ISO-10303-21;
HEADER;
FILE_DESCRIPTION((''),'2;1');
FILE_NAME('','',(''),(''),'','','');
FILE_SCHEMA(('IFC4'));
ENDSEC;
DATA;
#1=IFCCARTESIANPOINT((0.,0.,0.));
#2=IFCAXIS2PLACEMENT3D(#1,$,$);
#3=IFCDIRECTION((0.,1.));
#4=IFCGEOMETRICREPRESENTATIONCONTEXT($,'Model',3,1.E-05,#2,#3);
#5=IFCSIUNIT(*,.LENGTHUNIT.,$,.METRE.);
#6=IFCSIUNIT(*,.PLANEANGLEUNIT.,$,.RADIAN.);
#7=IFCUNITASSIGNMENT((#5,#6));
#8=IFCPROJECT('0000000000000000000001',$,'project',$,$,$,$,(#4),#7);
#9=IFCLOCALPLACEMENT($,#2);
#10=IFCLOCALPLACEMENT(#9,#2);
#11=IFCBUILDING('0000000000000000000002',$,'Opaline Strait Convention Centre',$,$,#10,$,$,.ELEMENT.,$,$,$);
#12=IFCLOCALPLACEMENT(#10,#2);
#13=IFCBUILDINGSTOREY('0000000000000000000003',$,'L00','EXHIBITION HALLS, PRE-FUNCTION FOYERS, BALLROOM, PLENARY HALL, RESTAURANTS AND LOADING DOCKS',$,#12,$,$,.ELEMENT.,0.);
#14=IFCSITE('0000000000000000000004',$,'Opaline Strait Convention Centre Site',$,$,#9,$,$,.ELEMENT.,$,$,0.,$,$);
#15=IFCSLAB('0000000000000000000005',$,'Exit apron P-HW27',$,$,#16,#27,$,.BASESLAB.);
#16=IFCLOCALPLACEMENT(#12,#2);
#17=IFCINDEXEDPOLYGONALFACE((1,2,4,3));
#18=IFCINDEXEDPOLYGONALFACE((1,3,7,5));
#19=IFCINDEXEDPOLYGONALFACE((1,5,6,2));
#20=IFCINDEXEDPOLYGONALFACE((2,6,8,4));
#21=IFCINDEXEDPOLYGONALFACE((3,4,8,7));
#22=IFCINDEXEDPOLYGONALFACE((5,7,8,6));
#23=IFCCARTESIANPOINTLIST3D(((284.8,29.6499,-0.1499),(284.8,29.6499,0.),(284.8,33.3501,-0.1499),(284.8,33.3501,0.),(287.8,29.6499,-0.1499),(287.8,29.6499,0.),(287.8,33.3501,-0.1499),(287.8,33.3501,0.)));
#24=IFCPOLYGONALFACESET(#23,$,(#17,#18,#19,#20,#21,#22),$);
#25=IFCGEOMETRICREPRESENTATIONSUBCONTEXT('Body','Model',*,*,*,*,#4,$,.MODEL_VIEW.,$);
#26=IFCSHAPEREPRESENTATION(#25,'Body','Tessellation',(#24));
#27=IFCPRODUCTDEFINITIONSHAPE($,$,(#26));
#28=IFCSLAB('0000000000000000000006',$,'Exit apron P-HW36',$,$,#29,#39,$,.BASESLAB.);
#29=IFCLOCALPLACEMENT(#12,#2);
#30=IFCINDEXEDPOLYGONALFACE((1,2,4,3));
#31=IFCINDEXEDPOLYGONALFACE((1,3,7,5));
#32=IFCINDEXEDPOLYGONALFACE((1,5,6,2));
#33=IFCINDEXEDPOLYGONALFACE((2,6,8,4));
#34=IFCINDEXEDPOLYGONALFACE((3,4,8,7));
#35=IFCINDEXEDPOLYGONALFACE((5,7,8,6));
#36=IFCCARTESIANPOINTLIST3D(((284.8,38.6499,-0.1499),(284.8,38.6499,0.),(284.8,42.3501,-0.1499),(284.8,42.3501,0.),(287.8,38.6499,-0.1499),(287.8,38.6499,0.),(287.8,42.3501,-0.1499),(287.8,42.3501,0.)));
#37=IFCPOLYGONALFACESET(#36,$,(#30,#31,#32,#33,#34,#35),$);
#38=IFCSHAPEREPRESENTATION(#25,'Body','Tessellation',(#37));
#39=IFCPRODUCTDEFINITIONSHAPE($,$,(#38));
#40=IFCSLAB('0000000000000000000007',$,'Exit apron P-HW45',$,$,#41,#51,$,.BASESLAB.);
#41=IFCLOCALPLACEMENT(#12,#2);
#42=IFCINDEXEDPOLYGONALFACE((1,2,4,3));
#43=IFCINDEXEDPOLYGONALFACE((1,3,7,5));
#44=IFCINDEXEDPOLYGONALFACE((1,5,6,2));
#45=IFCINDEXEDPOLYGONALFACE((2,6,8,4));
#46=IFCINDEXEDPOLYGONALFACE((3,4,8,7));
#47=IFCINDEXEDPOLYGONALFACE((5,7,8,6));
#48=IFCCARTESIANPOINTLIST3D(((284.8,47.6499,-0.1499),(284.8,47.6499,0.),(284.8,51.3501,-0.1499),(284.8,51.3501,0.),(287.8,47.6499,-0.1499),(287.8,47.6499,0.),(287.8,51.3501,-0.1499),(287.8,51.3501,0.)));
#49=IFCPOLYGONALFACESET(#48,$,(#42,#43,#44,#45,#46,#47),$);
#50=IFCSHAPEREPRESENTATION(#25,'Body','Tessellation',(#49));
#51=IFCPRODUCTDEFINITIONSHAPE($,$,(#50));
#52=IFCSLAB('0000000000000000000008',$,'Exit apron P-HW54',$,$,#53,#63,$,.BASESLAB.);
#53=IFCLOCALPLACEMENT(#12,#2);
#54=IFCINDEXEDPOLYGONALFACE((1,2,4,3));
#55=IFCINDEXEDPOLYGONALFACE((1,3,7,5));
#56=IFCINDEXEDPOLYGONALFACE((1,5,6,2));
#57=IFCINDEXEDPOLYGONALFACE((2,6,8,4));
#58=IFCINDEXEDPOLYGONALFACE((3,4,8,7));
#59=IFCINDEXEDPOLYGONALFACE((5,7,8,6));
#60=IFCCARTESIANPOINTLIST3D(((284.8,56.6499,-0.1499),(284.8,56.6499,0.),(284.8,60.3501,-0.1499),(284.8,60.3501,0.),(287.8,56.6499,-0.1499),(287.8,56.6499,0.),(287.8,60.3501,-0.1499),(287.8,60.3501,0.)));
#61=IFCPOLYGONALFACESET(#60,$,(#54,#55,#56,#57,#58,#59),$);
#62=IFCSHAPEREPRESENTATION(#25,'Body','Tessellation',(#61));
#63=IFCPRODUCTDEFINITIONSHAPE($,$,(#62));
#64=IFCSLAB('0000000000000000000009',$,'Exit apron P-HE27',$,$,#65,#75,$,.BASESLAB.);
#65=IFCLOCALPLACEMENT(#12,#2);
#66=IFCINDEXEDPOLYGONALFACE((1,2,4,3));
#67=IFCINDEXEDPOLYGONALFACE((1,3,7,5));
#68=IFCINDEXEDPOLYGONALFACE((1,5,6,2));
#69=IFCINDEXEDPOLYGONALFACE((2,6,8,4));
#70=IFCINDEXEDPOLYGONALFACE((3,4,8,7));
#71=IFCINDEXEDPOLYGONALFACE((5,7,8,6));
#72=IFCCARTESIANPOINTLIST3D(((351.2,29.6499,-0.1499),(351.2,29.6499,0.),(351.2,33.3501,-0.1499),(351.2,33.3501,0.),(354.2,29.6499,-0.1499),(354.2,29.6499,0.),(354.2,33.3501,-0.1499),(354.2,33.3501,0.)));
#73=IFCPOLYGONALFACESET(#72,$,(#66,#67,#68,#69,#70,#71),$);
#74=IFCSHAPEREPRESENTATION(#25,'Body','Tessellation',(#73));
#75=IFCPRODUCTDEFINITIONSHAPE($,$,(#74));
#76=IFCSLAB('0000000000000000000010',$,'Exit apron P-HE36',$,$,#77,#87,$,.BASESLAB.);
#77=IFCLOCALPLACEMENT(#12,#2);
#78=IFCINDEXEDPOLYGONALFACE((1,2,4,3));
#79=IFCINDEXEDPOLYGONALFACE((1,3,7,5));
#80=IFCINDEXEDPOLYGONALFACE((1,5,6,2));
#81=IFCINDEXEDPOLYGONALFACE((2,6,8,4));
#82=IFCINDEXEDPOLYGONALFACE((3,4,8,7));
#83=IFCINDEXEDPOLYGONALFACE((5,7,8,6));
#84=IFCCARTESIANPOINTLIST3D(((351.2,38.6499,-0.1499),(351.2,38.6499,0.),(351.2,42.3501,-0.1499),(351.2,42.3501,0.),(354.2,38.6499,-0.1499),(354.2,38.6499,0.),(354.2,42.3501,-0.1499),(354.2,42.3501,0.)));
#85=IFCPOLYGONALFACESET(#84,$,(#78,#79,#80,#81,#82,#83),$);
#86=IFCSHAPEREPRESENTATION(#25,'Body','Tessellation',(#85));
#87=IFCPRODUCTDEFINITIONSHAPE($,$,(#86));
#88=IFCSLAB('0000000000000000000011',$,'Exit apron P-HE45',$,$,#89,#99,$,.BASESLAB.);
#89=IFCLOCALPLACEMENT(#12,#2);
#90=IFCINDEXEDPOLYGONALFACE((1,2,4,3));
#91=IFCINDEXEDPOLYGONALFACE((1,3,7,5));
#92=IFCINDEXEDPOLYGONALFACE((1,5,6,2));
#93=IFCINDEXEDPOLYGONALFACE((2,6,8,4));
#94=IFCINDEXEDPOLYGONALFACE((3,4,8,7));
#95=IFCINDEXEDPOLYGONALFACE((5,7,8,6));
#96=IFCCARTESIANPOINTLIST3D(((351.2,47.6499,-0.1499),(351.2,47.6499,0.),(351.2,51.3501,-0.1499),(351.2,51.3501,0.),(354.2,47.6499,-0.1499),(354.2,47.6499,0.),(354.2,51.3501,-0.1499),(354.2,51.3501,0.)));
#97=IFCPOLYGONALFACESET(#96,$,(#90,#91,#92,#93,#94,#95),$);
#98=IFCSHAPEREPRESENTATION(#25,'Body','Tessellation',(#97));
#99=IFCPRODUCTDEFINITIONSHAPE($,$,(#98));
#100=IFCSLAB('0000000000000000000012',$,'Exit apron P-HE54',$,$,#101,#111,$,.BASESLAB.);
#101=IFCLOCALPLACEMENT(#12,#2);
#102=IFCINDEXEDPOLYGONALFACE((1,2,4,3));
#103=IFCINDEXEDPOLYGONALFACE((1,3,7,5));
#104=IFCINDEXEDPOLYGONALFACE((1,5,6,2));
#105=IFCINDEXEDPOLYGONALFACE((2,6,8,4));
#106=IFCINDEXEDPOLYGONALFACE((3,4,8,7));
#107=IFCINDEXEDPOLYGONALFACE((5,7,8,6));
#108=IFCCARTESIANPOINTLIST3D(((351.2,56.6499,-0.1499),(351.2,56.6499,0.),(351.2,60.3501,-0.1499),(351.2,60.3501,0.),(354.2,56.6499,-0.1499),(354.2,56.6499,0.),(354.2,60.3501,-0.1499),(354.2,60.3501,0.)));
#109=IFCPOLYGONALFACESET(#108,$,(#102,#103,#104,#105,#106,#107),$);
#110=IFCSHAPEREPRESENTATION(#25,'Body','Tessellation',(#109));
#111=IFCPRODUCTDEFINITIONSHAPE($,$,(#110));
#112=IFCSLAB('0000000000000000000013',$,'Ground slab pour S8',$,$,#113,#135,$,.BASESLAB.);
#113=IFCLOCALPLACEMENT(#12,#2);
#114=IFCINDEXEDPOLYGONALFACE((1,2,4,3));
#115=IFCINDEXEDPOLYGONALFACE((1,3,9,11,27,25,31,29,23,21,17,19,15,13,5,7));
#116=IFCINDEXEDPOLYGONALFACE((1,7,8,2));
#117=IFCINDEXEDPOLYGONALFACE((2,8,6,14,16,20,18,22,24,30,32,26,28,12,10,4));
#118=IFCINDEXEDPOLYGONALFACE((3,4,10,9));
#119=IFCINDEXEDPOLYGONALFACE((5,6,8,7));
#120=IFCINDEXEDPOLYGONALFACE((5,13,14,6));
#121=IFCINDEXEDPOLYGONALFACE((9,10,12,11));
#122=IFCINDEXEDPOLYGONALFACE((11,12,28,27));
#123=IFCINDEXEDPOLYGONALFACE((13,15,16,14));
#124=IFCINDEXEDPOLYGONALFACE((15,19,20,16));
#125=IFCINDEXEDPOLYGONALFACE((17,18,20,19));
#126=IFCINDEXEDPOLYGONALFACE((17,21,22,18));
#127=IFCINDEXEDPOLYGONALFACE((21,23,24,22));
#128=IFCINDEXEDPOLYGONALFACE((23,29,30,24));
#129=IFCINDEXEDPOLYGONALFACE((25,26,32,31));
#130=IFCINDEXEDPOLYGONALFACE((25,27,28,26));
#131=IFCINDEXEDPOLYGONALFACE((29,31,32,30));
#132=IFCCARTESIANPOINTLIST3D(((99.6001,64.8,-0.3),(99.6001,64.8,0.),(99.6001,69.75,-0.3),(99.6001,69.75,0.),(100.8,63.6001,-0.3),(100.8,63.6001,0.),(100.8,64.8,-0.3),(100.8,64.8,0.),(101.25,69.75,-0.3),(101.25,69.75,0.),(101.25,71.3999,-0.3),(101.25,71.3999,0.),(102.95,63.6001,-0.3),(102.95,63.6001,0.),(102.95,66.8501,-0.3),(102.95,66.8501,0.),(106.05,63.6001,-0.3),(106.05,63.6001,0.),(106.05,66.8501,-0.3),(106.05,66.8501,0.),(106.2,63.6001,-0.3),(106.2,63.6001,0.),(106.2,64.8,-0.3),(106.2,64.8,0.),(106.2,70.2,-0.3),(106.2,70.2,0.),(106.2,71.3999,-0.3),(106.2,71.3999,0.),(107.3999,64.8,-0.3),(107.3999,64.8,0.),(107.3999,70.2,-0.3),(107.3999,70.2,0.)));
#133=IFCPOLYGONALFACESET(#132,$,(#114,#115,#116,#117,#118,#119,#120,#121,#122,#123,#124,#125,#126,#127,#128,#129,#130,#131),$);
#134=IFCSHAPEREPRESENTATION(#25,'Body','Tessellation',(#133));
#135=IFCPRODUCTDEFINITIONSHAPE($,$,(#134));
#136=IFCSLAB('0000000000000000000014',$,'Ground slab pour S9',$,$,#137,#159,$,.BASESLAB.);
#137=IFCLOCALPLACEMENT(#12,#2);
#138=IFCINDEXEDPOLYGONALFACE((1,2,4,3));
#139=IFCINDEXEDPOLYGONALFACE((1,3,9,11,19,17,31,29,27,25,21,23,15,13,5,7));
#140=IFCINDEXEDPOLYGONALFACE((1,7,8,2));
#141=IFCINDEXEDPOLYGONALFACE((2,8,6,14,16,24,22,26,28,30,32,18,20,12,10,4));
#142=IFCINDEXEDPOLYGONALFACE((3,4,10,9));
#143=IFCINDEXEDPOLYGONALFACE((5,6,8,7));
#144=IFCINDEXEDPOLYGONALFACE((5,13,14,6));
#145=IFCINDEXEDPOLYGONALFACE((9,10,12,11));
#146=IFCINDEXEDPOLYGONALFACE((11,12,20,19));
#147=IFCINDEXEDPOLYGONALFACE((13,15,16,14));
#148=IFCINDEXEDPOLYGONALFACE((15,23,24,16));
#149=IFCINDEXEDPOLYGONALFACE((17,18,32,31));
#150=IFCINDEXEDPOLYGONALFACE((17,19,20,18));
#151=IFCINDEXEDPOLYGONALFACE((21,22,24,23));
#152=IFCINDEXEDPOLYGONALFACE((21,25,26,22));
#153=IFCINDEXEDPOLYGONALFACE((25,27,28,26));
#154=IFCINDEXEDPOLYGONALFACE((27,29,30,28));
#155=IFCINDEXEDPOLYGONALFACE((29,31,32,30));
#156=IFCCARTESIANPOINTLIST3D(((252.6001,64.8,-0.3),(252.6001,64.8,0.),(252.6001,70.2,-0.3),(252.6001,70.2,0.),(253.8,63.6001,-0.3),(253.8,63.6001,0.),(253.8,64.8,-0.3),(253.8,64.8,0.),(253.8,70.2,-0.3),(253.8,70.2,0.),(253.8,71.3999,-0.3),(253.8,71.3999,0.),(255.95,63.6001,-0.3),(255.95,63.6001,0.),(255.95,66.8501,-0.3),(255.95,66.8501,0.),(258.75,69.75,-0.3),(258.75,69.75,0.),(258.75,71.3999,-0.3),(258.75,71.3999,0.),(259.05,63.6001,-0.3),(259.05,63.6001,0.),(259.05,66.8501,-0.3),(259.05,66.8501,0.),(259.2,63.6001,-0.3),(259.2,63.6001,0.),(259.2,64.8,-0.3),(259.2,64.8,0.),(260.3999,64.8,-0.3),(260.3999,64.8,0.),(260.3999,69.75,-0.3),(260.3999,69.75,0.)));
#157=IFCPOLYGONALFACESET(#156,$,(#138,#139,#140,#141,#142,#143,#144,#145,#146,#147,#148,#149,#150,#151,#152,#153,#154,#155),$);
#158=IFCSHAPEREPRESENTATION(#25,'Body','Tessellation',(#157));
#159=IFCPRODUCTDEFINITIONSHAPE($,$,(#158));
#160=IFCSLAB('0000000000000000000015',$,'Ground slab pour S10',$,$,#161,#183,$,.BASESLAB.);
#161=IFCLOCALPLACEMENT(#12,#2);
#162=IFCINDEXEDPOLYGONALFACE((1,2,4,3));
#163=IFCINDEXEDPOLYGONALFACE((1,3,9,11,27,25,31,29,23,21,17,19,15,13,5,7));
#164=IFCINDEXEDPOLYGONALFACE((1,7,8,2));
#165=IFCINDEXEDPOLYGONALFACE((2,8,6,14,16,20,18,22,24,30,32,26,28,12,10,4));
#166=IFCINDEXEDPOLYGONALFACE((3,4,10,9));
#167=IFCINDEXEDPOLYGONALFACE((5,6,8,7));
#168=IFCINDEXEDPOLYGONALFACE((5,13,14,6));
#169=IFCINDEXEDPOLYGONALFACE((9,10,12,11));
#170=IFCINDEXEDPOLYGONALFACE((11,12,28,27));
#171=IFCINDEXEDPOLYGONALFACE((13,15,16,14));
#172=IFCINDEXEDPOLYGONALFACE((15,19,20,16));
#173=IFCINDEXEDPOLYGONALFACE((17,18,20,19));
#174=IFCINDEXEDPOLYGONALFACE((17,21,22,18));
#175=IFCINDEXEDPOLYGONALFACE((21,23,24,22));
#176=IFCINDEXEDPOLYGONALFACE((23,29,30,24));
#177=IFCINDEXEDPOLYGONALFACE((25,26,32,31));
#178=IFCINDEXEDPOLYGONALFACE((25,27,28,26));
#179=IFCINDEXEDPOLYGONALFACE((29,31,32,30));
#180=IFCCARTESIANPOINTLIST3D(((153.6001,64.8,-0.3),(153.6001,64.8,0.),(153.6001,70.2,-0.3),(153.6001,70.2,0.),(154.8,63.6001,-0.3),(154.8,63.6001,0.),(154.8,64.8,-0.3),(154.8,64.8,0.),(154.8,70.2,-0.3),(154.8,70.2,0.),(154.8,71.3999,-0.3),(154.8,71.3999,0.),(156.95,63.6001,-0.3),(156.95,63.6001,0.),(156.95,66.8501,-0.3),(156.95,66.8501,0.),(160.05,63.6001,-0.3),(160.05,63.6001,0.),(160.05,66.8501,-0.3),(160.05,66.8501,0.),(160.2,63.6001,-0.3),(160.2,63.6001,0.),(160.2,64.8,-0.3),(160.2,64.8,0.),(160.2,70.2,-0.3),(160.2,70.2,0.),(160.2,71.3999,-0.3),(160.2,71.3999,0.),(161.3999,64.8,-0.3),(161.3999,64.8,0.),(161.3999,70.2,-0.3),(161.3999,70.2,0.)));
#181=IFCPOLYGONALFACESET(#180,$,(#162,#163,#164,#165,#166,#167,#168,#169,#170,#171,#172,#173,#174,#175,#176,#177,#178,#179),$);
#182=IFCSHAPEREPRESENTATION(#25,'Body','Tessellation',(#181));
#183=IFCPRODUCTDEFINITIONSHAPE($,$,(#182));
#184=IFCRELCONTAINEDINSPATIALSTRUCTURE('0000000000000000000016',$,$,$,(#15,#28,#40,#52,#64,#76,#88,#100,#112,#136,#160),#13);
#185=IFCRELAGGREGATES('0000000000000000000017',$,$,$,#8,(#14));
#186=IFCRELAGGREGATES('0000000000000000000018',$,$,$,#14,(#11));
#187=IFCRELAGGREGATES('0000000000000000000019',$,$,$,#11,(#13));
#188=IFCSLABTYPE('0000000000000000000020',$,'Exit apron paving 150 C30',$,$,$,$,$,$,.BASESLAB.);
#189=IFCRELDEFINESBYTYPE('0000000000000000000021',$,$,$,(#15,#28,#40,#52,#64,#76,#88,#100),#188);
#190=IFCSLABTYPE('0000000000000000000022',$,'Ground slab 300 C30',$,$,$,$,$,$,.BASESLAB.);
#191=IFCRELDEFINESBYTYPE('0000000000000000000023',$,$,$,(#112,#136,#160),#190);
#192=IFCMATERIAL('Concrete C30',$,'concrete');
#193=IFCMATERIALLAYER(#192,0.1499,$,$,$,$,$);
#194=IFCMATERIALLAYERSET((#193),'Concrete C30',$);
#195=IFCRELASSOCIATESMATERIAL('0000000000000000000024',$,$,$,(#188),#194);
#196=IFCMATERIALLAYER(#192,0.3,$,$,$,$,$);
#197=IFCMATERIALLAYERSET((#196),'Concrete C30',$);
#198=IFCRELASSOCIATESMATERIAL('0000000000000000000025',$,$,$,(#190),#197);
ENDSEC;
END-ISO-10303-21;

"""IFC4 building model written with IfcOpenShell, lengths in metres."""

from ifc_helpers import new_model, si_unit, direction, frame, origin, place, context, subcontext, project, spatial, polyline, outline, extrude, material, layer, layer_set, type_object, element, save


model = new_model("IFC4")

# Units and contexts
model_context = context("Model", 3, precision=1e-05, world=origin(), true_north=direction((0.0, 1.0)))
body_context = subcontext(model_context, "Body", "Model", "MODEL_VIEW")
ifc_project = project(units=[si_unit("LENGTHUNIT", "METRE"), si_unit("PLANEANGLEUNIT", "RADIAN")], contexts=[model_context])

# Site, building, storey
site_placement = place(None, origin())
site = spatial("IfcSite", under=ifc_project, at=site_placement, Name="Opaline Strait Convention Centre Site", CompositionType="ELEMENT", RefElevation=0.0)
building_placement = place(site_placement, origin())
building = spatial("IfcBuilding", under=site, at=building_placement, Name="Opaline Strait Convention Centre", CompositionType="ELEMENT")
storey_placement = place(building_placement, origin())
storey = spatial("IfcBuildingStorey", under=building, at=storey_placement, Name="L00", Description="EXHIBITION HALLS, PRE-FUNCTION FOYERS, BALLROOM, PLENARY HALL, RESTAURANTS AND LOADING DOCKS", CompositionType="ELEMENT", Elevation=0.0)

# Slabs
ifc_material = material(Name="Concrete C30", Category="concrete")
ifc_layer_1 = layer(ifc_material, 0.1499)
ifc_layer_set_1 = layer_set([ifc_layer_1], Name="Concrete C30")
slab_type_1 = type_object("IfcSlabType", Name="Exit apron paving 150 C30", PredefinedType="BASESLAB", material=ifc_layer_set_1)
slab_1_placement = place(storey_placement, frame((0.0, 0.0, -0.1499)))
element("IfcSlab", 1, at=slab_1_placement, inside=storey, type_object=slab_type_1, Name="Exit apron P-HW27", PredefinedType="BASESLAB", context=body_context, shape_type="SweptSolid", body=[
    extrude(outline(polyline([(284.8, 29.6499), (287.8, 29.6499), (287.8, 33.3501), (284.8, 33.3501), (284.8, 29.6499)])), origin(), (0.0, 0.0, 1.0), 0.1499),
])
slab_2_placement = place(storey_placement, frame((0.0, 0.0, -0.1499)))
element("IfcSlab", 2, at=slab_2_placement, inside=storey, type_object=slab_type_1, Name="Exit apron P-HW36", PredefinedType="BASESLAB", context=body_context, shape_type="SweptSolid", body=[
    extrude(outline(polyline([(284.8, 38.6499), (287.8, 38.6499), (287.8, 42.3501), (284.8, 42.3501), (284.8, 38.6499)])), origin(), (0.0, 0.0, 1.0), 0.1499),
])
slab_3_placement = place(storey_placement, frame((0.0, 0.0, -0.1499)))
element("IfcSlab", 3, at=slab_3_placement, inside=storey, type_object=slab_type_1, Name="Exit apron P-HW45", PredefinedType="BASESLAB", context=body_context, shape_type="SweptSolid", body=[
    extrude(outline(polyline([(284.8, 47.6499), (287.8, 47.6499), (287.8, 51.3501), (284.8, 51.3501), (284.8, 47.6499)])), origin(), (0.0, 0.0, 1.0), 0.1499),
])
slab_4_placement = place(storey_placement, frame((0.0, 0.0, -0.1499)))
element("IfcSlab", 4, at=slab_4_placement, inside=storey, type_object=slab_type_1, Name="Exit apron P-HW54", PredefinedType="BASESLAB", context=body_context, shape_type="SweptSolid", body=[
    extrude(outline(polyline([(284.8, 56.6499), (287.8, 56.6499), (287.8, 60.3501), (284.8, 60.3501), (284.8, 56.6499)])), origin(), (0.0, 0.0, 1.0), 0.1499),
])
slab_5_placement = place(storey_placement, frame((0.0, 0.0, -0.1499)))
element("IfcSlab", 5, at=slab_5_placement, inside=storey, type_object=slab_type_1, Name="Exit apron P-HE27", PredefinedType="BASESLAB", context=body_context, shape_type="SweptSolid", body=[
    extrude(outline(polyline([(351.2, 29.6499), (354.2, 29.6499), (354.2, 33.3501), (351.2, 33.3501), (351.2, 29.6499)])), origin(), (0.0, 0.0, 1.0), 0.1499),
])
slab_6_placement = place(storey_placement, frame((0.0, 0.0, -0.1499)))
element("IfcSlab", 6, at=slab_6_placement, inside=storey, type_object=slab_type_1, Name="Exit apron P-HE36", PredefinedType="BASESLAB", context=body_context, shape_type="SweptSolid", body=[
    extrude(outline(polyline([(351.2, 38.6499), (354.2, 38.6499), (354.2, 42.3501), (351.2, 42.3501), (351.2, 38.6499)])), origin(), (0.0, 0.0, 1.0), 0.1499),
])
slab_7_placement = place(storey_placement, frame((0.0, 0.0, -0.1499)))
element("IfcSlab", 7, at=slab_7_placement, inside=storey, type_object=slab_type_1, Name="Exit apron P-HE45", PredefinedType="BASESLAB", context=body_context, shape_type="SweptSolid", body=[
    extrude(outline(polyline([(351.2, 47.6499), (354.2, 47.6499), (354.2, 51.3501), (351.2, 51.3501), (351.2, 47.6499)])), origin(), (0.0, 0.0, 1.0), 0.1499),
])
slab_8_placement = place(storey_placement, frame((0.0, 0.0, -0.1499)))
element("IfcSlab", 8, at=slab_8_placement, inside=storey, type_object=slab_type_1, Name="Exit apron P-HE54", PredefinedType="BASESLAB", context=body_context, shape_type="SweptSolid", body=[
    extrude(outline(polyline([(351.2, 56.6499), (354.2, 56.6499), (354.2, 60.3501), (351.2, 60.3501), (351.2, 56.6499)])), origin(), (0.0, 0.0, 1.0), 0.1499),
])
ifc_layer_2 = layer(ifc_material, 0.3)
ifc_layer_set_2 = layer_set([ifc_layer_2], Name="Concrete C30")
slab_type_2 = type_object("IfcSlabType", Name="Ground slab 300 C30", PredefinedType="BASESLAB", material=ifc_layer_set_2)
slab_9_placement = place(storey_placement, frame((0.0, 0.0, -0.3)))
element("IfcSlab", 9, at=slab_9_placement, inside=storey, type_object=slab_type_2, Name="Ground slab pour S8", PredefinedType="BASESLAB", context=body_context, shape_type="SweptSolid", body=[
    extrude(outline(polyline([(99.6001, 64.8), (99.6001, 69.75), (101.25, 69.75), (101.25, 71.3999), (106.2, 71.3999), (106.2, 70.2), (107.3999, 70.2), (107.3999, 64.8), (106.2, 64.8), (106.2, 63.6001), (106.05, 63.6001), (106.05, 66.8501), (102.95, 66.8501), (102.95, 63.6001), (100.8, 63.6001), (100.8, 64.8), (99.6001, 64.8)])), origin(), (0.0, 0.0, 1.0), 0.3),
])
slab_10_placement = place(storey_placement, frame((0.0, 0.0, -0.3)))
element("IfcSlab", 10, at=slab_10_placement, inside=storey, type_object=slab_type_2, Name="Ground slab pour S9", PredefinedType="BASESLAB", context=body_context, shape_type="SweptSolid", body=[
    extrude(outline(polyline([(252.6001, 64.8), (252.6001, 70.2), (253.8, 70.2), (253.8, 71.3999), (258.75, 71.3999), (258.75, 69.75), (260.3999, 69.75), (260.3999, 64.8), (259.2, 64.8), (259.2, 63.6001), (259.05, 63.6001), (259.05, 66.8501), (255.95, 66.8501), (255.95, 63.6001), (253.8, 63.6001), (253.8, 64.8), (252.6001, 64.8)])), origin(), (0.0, 0.0, 1.0), 0.3),
])
slab_11_placement = place(storey_placement, frame((0.0, 0.0, -0.3)))
element("IfcSlab", 11, at=slab_11_placement, inside=storey, type_object=slab_type_2, Name="Ground slab pour S10", PredefinedType="BASESLAB", context=body_context, shape_type="SweptSolid", body=[
    extrude(outline(polyline([(153.6001, 64.8), (153.6001, 70.2), (154.8, 70.2), (154.8, 71.3999), (160.2, 71.3999), (160.2, 70.2), (161.3999, 70.2), (161.3999, 64.8), (160.2, 64.8), (160.2, 63.6001), (160.05, 63.6001), (160.05, 66.8501), (156.95, 66.8501), (156.95, 63.6001), (154.8, 63.6001), (154.8, 64.8), (153.6001, 64.8)])), origin(), (0.0, 0.0, 1.0), 0.3),
])

save(model, "model.ifc")
